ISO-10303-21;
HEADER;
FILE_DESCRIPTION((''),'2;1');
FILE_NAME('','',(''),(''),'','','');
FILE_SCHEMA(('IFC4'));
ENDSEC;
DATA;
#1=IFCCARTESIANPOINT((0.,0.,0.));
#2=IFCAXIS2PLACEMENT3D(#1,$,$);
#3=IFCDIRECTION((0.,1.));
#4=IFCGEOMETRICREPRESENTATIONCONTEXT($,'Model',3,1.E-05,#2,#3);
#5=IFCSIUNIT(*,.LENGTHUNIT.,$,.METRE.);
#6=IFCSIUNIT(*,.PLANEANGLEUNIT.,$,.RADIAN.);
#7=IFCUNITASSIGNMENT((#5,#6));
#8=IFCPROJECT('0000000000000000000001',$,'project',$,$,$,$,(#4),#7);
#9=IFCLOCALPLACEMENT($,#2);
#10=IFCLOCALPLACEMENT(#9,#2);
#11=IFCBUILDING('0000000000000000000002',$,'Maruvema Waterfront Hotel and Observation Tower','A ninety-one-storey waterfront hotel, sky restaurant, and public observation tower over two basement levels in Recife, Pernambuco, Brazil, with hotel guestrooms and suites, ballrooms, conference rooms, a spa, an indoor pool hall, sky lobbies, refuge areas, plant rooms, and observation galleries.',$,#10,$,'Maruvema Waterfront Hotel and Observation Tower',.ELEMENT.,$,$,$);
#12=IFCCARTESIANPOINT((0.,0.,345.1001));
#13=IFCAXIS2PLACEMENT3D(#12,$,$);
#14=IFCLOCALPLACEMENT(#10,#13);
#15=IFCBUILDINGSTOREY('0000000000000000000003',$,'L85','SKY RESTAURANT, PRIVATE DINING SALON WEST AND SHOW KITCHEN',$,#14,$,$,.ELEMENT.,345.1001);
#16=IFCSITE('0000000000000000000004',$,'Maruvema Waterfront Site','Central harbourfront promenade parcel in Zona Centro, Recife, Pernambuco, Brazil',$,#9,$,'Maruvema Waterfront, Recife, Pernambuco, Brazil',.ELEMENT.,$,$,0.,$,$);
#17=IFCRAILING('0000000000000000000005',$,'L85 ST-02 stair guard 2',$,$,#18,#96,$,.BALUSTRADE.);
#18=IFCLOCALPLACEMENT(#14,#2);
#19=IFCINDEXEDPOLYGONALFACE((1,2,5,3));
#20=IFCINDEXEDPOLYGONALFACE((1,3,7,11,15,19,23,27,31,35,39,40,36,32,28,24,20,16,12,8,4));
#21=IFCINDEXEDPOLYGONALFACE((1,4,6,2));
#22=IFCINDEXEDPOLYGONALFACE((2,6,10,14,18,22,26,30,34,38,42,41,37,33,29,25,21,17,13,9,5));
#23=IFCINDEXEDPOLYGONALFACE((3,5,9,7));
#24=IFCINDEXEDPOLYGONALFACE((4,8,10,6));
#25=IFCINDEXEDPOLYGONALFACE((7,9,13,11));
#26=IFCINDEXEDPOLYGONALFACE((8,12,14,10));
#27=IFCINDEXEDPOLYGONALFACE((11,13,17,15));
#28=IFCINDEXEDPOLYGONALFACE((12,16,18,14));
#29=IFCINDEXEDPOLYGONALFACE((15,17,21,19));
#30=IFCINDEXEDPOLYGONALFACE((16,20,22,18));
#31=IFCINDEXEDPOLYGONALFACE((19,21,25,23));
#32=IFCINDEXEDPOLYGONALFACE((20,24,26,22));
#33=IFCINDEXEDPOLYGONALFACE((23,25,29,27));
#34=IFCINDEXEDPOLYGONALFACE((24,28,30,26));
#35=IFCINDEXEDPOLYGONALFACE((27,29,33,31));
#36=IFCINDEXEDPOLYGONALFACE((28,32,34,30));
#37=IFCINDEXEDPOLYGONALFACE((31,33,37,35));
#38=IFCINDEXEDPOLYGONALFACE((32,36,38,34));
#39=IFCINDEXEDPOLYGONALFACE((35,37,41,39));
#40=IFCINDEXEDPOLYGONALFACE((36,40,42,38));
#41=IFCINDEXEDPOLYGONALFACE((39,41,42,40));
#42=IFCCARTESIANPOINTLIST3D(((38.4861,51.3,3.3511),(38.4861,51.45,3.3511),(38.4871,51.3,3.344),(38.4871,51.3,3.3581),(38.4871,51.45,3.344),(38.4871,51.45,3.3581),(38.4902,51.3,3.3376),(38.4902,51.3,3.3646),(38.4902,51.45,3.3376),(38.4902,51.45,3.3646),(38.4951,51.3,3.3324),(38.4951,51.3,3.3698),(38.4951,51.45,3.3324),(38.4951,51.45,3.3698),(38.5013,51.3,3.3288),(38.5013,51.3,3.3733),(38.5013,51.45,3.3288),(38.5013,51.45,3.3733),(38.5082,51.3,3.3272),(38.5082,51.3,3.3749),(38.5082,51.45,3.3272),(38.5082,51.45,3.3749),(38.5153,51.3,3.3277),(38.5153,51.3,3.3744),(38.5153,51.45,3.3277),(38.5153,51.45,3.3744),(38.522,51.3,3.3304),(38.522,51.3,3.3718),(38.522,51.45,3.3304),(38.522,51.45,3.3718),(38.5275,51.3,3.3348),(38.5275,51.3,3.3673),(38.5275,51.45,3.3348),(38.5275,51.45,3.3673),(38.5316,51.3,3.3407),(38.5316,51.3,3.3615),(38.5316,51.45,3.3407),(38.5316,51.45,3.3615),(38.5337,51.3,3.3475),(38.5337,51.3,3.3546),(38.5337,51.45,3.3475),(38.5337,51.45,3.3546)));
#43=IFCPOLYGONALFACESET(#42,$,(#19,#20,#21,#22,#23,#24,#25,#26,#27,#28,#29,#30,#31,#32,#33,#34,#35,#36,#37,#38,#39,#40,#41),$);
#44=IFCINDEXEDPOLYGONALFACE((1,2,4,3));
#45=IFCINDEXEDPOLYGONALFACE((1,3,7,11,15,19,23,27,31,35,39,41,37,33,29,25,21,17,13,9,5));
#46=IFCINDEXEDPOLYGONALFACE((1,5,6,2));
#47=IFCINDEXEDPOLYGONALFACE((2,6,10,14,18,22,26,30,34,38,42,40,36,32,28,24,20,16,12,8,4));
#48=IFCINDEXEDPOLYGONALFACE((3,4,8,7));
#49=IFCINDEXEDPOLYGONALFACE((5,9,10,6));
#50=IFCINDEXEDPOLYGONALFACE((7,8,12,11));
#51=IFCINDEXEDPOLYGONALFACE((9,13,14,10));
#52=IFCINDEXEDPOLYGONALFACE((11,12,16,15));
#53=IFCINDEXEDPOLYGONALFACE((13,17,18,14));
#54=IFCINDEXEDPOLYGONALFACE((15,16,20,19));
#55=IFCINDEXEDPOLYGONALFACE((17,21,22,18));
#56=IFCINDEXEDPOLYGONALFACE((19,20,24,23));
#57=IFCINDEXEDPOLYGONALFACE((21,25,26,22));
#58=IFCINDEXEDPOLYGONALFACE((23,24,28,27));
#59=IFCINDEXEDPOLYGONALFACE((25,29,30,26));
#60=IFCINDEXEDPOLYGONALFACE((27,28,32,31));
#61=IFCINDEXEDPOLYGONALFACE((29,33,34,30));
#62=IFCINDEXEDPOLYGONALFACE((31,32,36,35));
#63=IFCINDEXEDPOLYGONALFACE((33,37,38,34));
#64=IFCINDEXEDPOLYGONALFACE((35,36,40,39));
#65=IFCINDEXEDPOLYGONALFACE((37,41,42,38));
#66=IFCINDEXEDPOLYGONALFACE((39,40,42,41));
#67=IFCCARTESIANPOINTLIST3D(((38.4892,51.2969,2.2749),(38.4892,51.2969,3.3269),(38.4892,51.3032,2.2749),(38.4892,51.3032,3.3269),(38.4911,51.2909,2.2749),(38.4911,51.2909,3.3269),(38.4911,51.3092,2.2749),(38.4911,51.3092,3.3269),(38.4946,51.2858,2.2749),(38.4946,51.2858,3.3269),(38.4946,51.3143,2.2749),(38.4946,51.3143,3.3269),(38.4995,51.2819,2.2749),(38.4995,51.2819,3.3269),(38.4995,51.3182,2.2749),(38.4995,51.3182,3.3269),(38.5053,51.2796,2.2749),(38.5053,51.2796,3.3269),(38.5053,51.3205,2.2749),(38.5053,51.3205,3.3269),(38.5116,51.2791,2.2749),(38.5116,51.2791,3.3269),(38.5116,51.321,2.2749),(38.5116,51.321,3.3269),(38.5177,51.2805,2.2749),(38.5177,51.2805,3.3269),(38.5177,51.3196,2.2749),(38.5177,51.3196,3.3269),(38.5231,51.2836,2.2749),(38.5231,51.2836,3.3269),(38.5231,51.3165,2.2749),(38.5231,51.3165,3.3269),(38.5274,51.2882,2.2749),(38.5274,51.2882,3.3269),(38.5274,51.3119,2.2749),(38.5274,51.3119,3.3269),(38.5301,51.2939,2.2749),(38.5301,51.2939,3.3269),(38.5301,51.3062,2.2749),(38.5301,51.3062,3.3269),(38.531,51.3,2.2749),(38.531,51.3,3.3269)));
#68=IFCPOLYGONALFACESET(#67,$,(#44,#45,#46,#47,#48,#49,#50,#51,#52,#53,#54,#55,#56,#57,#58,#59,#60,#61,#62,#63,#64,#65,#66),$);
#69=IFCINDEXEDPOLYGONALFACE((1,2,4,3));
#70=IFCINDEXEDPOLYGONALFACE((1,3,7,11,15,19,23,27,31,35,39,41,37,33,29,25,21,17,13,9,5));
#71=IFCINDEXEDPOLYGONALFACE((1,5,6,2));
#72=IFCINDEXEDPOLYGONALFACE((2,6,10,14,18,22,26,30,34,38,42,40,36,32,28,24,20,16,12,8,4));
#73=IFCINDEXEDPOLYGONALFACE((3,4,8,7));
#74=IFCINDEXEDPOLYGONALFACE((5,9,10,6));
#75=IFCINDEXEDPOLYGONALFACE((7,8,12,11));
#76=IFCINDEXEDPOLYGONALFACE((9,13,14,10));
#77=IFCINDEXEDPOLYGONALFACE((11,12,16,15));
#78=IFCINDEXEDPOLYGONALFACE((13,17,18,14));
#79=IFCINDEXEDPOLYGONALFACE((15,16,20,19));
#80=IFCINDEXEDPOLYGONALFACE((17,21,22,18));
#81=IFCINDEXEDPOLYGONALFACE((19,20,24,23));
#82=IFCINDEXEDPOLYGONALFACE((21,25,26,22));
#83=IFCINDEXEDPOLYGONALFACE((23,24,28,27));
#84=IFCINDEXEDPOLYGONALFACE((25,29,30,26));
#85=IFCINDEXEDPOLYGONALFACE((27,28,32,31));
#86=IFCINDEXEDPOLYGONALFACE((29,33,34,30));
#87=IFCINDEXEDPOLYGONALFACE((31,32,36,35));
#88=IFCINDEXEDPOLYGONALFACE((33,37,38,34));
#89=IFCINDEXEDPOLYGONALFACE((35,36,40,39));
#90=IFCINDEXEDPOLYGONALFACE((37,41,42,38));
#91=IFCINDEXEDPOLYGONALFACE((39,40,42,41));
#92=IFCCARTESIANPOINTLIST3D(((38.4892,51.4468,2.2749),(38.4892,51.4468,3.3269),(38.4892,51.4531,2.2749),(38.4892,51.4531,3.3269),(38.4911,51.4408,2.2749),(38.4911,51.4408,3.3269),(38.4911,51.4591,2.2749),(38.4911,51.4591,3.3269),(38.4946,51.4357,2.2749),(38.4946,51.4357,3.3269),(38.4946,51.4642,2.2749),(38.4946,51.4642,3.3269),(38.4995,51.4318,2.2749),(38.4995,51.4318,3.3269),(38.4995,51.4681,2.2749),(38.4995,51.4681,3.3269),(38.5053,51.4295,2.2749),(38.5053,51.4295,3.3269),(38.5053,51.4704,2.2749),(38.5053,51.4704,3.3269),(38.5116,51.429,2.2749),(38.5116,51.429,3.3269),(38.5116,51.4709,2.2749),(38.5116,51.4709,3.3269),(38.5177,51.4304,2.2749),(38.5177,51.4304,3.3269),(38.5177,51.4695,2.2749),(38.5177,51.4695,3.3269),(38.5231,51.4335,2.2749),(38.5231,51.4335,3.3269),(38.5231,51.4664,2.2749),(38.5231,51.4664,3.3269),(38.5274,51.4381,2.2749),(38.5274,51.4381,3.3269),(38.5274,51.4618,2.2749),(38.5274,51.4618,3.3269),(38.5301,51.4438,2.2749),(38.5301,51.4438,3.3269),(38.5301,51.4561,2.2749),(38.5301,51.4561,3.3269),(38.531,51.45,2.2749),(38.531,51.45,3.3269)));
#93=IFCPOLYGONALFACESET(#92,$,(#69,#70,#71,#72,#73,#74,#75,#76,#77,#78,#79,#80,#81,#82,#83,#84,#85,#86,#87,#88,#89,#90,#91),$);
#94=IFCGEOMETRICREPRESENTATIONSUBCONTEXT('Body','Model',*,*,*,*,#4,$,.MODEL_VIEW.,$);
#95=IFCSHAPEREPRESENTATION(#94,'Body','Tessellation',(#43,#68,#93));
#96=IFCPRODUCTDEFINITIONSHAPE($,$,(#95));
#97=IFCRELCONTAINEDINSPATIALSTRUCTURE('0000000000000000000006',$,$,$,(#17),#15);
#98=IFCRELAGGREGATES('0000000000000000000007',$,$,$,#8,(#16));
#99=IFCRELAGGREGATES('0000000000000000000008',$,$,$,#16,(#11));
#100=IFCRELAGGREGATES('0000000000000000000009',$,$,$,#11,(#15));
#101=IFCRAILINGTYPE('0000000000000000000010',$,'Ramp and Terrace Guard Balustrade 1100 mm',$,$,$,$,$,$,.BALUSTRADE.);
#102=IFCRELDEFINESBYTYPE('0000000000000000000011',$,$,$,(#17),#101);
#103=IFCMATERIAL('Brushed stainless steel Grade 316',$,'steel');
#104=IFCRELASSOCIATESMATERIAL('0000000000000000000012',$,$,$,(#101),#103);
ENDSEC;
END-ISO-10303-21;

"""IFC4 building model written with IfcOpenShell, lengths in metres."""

from ifc_helpers import new_model, si_unit, direction, frame, origin, origin_2d, place, context, subcontext, project, spatial, circle, extrude, material, type_object, element, save


model = new_model("IFC4")

# Units and contexts
model_context = context("Model", 3, precision=1e-05, world=origin(), true_north=direction((0.0, 1.0)))
body_context = subcontext(model_context, "Body", "Model", "MODEL_VIEW")
ifc_project = project(units=[si_unit("LENGTHUNIT", "METRE"), si_unit("PLANEANGLEUNIT", "RADIAN")], contexts=[model_context])

# Site, building, storey
site_placement = place(None, origin())
site = spatial("IfcSite", under=ifc_project, at=site_placement, Name="Maruvema Waterfront Site", Description="Central harbourfront promenade parcel in Zona Centro, Recife, Pernambuco, Brazil", LongName="Maruvema Waterfront, Recife, Pernambuco, Brazil", CompositionType="ELEMENT", RefElevation=0.0)
building_placement = place(site_placement, origin())
building = spatial("IfcBuilding", under=site, at=building_placement, Name="Maruvema Waterfront Hotel and Observation Tower", Description="A ninety-one-storey waterfront hotel, sky restaurant, and public observation tower over two basement levels in Recife, Pernambuco, Brazil, with hotel guestrooms and suites, ballrooms, conference rooms, a spa, an indoor pool hall, sky lobbies, refuge areas, plant rooms, and observation galleries.", LongName="Maruvema Waterfront Hotel and Observation Tower", CompositionType="ELEMENT")
storey_placement = place(building_placement, frame((0.0, 0.0, 345.1001)))
storey = spatial("IfcBuildingStorey", under=building, at=storey_placement, Name="L85", Description="SKY RESTAURANT, PRIVATE DINING SALON WEST AND SHOW KITCHEN", CompositionType="ELEMENT", Elevation=345.1001)

# Railing
ifc_material_1 = material(Name="Brushed stainless steel Grade 316", Category="steel")
railing_type_1 = type_object("IfcRailingType", Name="Ramp and Terrace Guard Balustrade 1100 mm", PredefinedType="BALUSTRADE", material=ifc_material_1)
railing_1_placement = place(storey_placement, frame((38.51, 51.3, 2.2749)))
element("IfcRailing", 1, at=railing_1_placement, inside=storey, type_object=railing_type_1, Name="L85 ST-02 stair guard 2", PredefinedType="BALUSTRADE", context=body_context, shape_type="SweptSolid", body=[
    extrude(circle(Radius=0.0239, at=origin_2d()), frame((0.0, 0.0, 1.0762), z_axis=(0.0, 1.0, 0.0), x_axis=(-1.0, 0.0, 0.0)), (0.0, 0.0, 1.0), 0.1499),
    extrude(circle(Radius=0.021, at=origin_2d()), origin(), (0.0, 0.0, 1.0), 1.052),
    extrude(circle(Radius=0.021, at=origin_2d()), frame((0.0, 0.1499, 0.0)), (0.0, 0.0, 1.0), 1.052),
])

save(model, "model.ifc")
